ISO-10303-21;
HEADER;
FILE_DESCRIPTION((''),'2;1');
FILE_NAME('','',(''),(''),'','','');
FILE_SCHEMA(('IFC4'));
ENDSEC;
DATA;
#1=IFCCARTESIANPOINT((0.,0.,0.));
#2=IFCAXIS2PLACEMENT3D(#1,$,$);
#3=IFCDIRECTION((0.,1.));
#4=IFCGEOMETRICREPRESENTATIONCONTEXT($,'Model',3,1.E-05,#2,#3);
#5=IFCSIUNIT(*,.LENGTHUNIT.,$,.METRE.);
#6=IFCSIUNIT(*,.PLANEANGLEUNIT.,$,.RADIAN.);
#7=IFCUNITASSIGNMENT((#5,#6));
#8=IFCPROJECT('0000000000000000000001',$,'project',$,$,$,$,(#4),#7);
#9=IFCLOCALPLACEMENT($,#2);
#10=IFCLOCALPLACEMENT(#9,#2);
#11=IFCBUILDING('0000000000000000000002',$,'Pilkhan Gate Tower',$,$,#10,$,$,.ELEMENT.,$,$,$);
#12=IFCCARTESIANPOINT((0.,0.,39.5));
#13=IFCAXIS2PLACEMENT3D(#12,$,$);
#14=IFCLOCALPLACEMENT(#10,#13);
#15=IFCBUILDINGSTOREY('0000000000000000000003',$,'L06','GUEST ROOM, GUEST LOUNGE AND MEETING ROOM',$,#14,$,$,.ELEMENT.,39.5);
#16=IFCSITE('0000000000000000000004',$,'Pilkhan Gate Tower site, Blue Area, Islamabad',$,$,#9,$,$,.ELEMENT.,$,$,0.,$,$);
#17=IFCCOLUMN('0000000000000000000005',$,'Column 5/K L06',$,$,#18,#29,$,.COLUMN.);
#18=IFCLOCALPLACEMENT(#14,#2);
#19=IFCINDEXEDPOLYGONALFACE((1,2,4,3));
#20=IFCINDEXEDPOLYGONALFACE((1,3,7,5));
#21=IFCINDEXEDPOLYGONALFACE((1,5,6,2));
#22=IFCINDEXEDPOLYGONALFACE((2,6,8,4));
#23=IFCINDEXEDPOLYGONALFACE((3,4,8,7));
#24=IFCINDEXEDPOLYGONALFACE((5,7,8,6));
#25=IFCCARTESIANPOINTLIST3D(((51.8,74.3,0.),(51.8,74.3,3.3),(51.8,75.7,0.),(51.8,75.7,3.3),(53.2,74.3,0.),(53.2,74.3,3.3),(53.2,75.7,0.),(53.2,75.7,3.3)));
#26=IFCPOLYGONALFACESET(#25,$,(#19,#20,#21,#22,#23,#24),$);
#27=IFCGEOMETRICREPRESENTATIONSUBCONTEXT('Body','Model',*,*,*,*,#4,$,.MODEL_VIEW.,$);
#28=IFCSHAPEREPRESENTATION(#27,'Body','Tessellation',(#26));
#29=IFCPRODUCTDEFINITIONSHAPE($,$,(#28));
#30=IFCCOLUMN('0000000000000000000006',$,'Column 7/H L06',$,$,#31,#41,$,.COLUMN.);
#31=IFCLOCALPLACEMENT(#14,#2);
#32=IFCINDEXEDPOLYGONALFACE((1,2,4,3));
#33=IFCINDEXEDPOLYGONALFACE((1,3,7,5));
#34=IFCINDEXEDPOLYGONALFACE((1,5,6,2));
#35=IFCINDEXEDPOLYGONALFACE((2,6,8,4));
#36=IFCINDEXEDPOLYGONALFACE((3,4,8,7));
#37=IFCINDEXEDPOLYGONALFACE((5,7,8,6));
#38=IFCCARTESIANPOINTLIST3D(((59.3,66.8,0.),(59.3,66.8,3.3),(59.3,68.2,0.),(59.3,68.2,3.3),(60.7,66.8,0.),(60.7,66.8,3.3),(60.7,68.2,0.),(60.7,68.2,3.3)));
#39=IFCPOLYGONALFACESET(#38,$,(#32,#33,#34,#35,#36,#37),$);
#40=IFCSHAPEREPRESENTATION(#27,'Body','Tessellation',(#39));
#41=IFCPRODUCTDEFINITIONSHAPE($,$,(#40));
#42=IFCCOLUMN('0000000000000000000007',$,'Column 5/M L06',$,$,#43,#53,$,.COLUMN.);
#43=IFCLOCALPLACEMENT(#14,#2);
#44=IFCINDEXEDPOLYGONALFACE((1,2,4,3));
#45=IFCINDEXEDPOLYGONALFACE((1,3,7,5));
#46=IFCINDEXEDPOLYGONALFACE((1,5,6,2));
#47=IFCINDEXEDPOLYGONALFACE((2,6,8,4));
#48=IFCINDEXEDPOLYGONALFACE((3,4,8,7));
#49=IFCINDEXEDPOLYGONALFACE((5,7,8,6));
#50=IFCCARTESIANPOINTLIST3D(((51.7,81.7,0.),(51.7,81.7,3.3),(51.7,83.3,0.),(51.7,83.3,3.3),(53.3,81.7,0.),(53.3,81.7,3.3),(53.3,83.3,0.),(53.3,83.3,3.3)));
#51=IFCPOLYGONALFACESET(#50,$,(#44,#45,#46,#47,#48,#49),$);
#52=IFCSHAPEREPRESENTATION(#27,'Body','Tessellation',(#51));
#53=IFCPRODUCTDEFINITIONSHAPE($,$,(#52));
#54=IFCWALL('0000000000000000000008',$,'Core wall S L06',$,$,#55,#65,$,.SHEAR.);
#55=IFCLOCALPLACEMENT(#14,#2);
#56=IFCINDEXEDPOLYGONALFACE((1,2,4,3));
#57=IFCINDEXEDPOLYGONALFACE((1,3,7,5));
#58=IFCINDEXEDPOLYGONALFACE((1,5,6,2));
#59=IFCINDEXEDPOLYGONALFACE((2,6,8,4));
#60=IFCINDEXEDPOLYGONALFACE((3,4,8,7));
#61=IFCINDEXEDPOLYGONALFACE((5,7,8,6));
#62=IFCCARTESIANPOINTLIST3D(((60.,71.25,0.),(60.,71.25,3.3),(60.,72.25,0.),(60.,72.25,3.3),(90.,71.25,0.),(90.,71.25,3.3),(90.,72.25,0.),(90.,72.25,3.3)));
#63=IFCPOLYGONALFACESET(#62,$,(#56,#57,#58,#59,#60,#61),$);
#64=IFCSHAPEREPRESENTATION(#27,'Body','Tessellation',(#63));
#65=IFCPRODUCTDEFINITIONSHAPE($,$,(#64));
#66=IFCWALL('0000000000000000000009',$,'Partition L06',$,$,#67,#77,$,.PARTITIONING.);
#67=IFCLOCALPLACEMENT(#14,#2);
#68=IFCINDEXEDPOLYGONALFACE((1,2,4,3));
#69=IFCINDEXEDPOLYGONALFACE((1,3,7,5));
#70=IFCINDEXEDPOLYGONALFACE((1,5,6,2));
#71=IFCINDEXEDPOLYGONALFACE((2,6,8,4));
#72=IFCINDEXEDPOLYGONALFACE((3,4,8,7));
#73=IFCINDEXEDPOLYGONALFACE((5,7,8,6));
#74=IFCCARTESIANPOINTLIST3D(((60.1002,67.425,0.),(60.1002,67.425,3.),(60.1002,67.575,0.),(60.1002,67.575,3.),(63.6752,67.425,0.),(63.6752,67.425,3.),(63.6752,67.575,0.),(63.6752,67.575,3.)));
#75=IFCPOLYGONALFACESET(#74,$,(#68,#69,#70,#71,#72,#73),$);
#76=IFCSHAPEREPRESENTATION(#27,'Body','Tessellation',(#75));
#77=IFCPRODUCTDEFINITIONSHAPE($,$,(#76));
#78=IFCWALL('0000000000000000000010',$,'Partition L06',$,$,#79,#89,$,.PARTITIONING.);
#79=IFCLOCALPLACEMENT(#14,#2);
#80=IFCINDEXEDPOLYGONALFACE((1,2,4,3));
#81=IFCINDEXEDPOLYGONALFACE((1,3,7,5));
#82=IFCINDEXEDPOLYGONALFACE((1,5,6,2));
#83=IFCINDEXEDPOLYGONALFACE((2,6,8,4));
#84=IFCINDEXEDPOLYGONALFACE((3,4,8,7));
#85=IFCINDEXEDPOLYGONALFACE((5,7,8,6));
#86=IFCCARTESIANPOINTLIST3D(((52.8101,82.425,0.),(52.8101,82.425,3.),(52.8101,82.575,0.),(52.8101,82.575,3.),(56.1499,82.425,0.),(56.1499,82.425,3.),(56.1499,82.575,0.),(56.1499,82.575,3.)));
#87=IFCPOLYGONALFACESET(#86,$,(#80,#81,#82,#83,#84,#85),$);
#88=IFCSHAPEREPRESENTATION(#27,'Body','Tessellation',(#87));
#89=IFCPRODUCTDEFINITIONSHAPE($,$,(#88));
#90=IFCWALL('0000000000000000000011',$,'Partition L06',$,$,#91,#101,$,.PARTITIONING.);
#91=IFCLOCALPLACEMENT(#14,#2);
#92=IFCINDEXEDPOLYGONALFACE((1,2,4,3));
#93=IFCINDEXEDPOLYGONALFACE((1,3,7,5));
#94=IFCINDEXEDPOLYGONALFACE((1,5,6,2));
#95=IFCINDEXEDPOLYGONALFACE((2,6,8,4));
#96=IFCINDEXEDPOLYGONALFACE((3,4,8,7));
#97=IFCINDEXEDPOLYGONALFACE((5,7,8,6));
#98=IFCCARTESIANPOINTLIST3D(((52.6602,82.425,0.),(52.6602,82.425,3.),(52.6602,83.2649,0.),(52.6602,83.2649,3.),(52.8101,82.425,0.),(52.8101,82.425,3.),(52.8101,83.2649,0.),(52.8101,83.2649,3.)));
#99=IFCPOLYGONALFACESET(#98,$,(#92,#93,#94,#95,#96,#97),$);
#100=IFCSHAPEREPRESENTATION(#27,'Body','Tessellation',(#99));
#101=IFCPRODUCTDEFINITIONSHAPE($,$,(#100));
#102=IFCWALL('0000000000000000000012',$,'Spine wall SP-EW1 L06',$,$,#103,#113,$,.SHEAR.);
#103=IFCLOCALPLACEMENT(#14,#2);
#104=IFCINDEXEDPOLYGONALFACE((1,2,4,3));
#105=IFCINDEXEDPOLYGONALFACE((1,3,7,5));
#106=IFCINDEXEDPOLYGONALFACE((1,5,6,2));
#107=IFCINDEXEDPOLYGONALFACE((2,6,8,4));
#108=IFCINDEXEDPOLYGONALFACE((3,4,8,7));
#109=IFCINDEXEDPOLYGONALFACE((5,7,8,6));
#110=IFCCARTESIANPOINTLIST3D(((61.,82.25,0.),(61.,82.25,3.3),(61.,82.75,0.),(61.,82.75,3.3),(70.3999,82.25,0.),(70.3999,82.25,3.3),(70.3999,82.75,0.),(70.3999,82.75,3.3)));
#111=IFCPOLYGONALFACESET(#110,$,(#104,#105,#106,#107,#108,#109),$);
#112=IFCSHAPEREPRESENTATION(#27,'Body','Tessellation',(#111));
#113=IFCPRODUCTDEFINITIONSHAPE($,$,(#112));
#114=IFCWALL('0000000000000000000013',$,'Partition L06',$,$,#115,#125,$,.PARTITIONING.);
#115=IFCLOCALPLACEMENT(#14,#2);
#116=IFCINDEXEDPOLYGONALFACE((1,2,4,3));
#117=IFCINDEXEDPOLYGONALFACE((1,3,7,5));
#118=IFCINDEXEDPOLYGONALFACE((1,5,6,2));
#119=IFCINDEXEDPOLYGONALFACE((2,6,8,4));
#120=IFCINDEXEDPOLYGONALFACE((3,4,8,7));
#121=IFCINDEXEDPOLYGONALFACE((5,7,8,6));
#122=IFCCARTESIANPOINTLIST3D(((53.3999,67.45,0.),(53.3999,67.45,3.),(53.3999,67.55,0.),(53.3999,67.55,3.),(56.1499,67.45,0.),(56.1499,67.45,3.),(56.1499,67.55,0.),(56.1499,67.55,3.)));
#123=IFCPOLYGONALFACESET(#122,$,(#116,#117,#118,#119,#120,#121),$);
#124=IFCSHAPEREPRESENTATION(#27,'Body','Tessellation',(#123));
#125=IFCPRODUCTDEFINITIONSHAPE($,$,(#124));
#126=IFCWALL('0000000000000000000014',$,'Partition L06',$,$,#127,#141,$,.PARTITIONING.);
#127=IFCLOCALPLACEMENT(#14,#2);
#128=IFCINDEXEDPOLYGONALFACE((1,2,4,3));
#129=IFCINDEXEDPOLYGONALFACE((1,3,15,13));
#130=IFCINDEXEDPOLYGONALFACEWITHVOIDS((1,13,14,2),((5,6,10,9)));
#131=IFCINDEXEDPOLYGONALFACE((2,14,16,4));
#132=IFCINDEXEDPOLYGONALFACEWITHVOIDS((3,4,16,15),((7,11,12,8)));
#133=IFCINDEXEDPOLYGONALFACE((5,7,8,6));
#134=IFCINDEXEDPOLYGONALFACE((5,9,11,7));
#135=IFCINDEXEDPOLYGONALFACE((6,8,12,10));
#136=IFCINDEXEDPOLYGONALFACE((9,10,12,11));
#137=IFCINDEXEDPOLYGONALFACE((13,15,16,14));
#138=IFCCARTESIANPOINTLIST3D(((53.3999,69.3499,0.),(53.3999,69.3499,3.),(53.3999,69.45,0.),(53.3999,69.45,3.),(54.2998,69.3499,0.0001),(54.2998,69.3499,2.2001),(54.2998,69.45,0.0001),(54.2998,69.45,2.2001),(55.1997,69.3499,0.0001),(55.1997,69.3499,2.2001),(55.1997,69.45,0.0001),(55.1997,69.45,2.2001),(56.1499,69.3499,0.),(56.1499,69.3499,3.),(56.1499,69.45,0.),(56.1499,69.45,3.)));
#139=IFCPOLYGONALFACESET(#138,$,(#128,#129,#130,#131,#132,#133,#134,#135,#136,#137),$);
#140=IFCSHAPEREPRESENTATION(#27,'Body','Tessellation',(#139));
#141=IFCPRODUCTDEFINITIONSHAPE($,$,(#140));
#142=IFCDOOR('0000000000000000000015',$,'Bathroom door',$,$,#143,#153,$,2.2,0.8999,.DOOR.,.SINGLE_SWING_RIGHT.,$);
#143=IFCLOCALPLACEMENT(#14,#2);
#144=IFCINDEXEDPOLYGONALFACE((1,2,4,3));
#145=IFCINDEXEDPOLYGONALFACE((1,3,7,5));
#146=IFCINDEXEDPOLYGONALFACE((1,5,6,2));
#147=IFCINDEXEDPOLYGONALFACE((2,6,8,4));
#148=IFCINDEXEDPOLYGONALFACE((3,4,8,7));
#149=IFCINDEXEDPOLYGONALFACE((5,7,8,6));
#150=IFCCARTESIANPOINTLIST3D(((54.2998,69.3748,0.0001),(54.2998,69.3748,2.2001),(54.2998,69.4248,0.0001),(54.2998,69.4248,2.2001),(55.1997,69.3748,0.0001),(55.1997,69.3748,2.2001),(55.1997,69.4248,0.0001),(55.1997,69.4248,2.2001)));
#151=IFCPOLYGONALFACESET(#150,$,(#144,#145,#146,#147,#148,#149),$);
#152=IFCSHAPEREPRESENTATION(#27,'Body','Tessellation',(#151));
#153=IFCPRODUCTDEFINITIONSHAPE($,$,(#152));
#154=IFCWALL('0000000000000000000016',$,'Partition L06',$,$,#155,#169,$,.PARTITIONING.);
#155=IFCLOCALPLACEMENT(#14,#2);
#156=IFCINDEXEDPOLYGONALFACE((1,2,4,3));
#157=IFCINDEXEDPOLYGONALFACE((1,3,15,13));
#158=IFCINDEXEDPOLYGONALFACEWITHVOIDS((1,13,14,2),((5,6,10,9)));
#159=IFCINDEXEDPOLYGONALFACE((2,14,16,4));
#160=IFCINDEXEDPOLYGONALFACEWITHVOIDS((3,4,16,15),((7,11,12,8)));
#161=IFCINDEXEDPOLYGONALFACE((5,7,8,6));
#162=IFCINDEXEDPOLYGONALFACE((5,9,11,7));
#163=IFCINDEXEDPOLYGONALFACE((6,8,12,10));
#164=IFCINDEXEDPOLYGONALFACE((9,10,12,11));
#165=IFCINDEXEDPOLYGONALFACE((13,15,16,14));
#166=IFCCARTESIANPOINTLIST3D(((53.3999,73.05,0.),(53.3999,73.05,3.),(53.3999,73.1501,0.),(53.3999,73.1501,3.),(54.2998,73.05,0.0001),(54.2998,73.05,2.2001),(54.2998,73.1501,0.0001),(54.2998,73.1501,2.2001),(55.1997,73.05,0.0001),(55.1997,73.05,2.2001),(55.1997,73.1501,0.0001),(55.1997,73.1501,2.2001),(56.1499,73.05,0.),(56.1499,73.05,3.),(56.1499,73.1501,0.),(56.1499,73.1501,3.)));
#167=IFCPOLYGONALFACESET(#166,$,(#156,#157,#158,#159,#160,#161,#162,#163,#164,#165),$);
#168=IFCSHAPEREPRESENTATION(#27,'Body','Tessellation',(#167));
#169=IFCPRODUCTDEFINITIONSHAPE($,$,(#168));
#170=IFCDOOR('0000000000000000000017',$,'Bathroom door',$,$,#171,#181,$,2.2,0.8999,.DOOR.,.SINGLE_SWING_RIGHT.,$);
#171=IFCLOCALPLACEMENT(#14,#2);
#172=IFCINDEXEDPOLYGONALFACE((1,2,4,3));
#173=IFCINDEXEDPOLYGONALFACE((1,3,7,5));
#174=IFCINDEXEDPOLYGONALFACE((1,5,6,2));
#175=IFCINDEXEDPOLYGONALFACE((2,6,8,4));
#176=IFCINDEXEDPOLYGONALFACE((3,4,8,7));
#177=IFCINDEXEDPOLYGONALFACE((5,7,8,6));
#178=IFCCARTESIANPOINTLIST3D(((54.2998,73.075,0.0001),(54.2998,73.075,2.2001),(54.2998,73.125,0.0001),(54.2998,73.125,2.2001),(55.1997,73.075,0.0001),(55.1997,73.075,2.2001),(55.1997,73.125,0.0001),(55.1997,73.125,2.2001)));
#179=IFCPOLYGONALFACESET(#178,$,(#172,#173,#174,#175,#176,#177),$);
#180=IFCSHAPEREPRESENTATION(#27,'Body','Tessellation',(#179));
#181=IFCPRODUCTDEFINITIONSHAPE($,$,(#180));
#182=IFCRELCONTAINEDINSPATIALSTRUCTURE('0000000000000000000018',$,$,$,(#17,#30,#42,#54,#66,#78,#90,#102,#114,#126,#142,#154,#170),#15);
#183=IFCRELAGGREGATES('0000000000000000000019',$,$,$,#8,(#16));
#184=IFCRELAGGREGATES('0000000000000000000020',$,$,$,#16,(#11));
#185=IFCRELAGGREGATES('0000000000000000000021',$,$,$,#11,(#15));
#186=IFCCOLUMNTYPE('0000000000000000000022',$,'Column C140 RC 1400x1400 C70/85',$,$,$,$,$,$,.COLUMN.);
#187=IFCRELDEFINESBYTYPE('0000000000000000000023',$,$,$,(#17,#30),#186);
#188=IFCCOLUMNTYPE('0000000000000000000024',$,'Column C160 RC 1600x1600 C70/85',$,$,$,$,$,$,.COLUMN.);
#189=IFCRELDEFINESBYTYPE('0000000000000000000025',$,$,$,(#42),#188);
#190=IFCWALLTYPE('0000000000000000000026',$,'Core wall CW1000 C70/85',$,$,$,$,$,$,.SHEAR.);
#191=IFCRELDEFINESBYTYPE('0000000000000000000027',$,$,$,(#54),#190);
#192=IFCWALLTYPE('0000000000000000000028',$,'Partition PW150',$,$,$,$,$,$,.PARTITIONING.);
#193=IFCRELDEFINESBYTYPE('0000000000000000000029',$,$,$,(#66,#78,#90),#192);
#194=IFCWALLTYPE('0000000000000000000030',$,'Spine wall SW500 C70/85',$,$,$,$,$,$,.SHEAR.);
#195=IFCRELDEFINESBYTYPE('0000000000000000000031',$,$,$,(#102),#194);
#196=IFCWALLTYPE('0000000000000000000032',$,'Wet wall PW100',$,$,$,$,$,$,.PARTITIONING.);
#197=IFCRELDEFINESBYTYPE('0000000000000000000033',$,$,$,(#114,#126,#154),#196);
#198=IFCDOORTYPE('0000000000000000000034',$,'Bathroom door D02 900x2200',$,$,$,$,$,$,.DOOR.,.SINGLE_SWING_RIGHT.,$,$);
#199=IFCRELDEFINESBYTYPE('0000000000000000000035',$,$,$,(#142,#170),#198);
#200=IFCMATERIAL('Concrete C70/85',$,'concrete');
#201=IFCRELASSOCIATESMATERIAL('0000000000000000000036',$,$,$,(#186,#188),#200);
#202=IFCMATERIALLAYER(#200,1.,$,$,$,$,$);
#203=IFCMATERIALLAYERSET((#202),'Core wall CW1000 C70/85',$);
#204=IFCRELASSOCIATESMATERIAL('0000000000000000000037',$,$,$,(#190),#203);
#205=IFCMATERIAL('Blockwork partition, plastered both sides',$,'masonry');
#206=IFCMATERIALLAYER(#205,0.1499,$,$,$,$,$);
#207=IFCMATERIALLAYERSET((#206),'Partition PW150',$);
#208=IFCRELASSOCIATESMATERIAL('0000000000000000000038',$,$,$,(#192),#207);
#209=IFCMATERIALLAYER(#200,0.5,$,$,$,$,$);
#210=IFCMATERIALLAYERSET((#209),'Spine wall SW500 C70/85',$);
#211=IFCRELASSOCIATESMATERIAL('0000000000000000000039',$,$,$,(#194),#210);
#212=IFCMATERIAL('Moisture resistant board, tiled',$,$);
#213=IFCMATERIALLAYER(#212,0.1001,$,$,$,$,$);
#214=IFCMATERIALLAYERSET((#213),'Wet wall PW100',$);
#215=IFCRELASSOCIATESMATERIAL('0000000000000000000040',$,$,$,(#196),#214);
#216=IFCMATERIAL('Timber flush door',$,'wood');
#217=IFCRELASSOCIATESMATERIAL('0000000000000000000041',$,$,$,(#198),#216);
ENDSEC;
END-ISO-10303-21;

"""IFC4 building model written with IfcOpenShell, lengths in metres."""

from ifc_helpers import new_model, si_unit, direction, frame, frame_2d, origin, origin_2d, place, context, subcontext, project, spatial, rectangle, extrude, material, layer, layer_set, material_profile, profile_set, type_object, element, fill, save


model = new_model("IFC4")

# Units and contexts
model_context = context("Model", 3, precision=1e-05, world=origin(), true_north=direction((0.0, 1.0)))
body_context = subcontext(model_context, "Body", "Model", "MODEL_VIEW")
ifc_project = project(units=[si_unit("LENGTHUNIT", "METRE"), si_unit("PLANEANGLEUNIT", "RADIAN")], contexts=[model_context])

# Site, building, storey
site_placement = place(None, origin())
site = spatial("IfcSite", under=ifc_project, at=site_placement, Name="Pilkhan Gate Tower site, Blue Area, Islamabad", CompositionType="ELEMENT", RefElevation=0.0)
building_placement = place(site_placement, origin())
building = spatial("IfcBuilding", under=site, at=building_placement, Name="Pilkhan Gate Tower", CompositionType="ELEMENT")
storey_placement = place(building_placement, frame((0.0, 0.0, 39.5)))
storey = spatial("IfcBuildingStorey", under=building, at=storey_placement, Name="L06", Description="GUEST ROOM, GUEST LOUNGE AND MEETING ROOM", CompositionType="ELEMENT", Elevation=39.5)

# Columns
ifc_material_1 = material(Name="Concrete C70/85", Category="concrete")
ifc_material_profile_1 = material_profile(ifc_material_1, rectangle(XDim=1.3999, YDim=1.3999, at=origin_2d()), Name="RC 1400x1400")
ifc_profile_set_1 = profile_set([ifc_material_profile_1], Name="Concrete C70/85")
column_type_1 = type_object("IfcColumnType", Name="Column C140 RC 1400x1400 C70/85", PredefinedType="COLUMN", material=ifc_profile_set_1)
for number, where, z_axis, x_axis, name in (
    (1, (52.5, 75.0, 0.0), (0.0, 0.0, 1.0), (1.0, 0.0, 0.0), "Column 5/K L06"),
    (2, (60.0, 67.5, 0.0), (0.0, 0.0, 1.0), (1.0, 0.0, 0.0), "Column 7/H L06"),
):
    element("IfcColumn", number, at=place(storey_placement, frame(where, z_axis=z_axis, x_axis=x_axis)), inside=storey, type_object=column_type_1, Name=name, PredefinedType="COLUMN", context=body_context, shape_type="SweptSolid", body=[
        extrude(rectangle(XDim=1.3999, YDim=1.3999, at=origin_2d()), origin(), (0.0, 0.0, 1.0), 3.3),
    ])
ifc_material_profile_2 = material_profile(ifc_material_1, rectangle(XDim=1.6001, YDim=1.6001, at=origin_2d()), Name="RC 1600x1600")
ifc_profile_set_2 = profile_set([ifc_material_profile_2], Name="Concrete C70/85")
column_type_2 = type_object("IfcColumnType", Name="Column C160 RC 1600x1600 C70/85", PredefinedType="COLUMN", material=ifc_profile_set_2)
column_placement = place(storey_placement, frame((52.5, 82.5, 0.0), z_axis=(0.0, 0.0, 1.0), x_axis=(1.0, 0.0, 0.0)))
element("IfcColumn", 3, at=column_placement, inside=storey, type_object=column_type_2, Name="Column 5/M L06", PredefinedType="COLUMN", context=body_context, shape_type="SweptSolid", body=[
    extrude(rectangle(XDim=1.6001, YDim=1.6001, at=origin_2d()), origin(), (0.0, 0.0, 1.0), 3.3),
])

# Walls
ifc_layer_1 = layer(ifc_material_1, 1.0)
ifc_layer_set_1 = layer_set([ifc_layer_1], Name="Core wall CW1000 C70/85")
wall_type_1 = type_object("IfcWallType", Name="Core wall CW1000 C70/85", PredefinedType="SHEAR", material=ifc_layer_set_1)
wall_1_placement = place(storey_placement, frame((60.0, 71.75, 0.0), z_axis=(0.0, 0.0, 1.0), x_axis=(1.0, 0.0, 0.0)))
element("IfcWall", 4, at=wall_1_placement, inside=storey, type_object=wall_type_1, Name="Core wall S L06", PredefinedType="SHEAR", context=body_context, shape_type="SweptSolid", body=[
    extrude(rectangle(XDim=30.0, YDim=1.0, at=frame_2d((15.0, 0.0))), origin(), (0.0, 0.0, 1.0), 3.3),
])
ifc_material_2 = material(Name="Blockwork partition, plastered both sides", Category="masonry")
ifc_layer_2 = layer(ifc_material_2, 0.1499)
ifc_layer_set_2 = layer_set([ifc_layer_2], Name="Partition PW150")
wall_type_2 = type_object("IfcWallType", Name="Partition PW150", PredefinedType="PARTITIONING", material=ifc_layer_set_2)
wall_2_placement = place(storey_placement, frame((60.1001, 67.5, 0.0), z_axis=(0.0, 0.0, 1.0), x_axis=(1.0, 0.0, 0.0)))
element("IfcWall", 5, at=wall_2_placement, inside=storey, type_object=wall_type_2, Name="Partition L06", PredefinedType="PARTITIONING", context=body_context, shape_type="SweptSolid", body=[
    extrude(rectangle(XDim=3.575, YDim=0.1499, at=frame_2d((1.7876, 0.0))), origin(), (0.0, 0.0, 1.0), 3.0),
])
wall_3_placement = place(storey_placement, frame((52.8101, 82.5, 0.0), z_axis=(0.0, 0.0, 1.0), x_axis=(1.0, 0.0, 0.0)))
element("IfcWall", 6, at=wall_3_placement, inside=storey, type_object=wall_type_2, Name="Partition L06", PredefinedType="PARTITIONING", context=body_context, shape_type="SweptSolid", body=[
    extrude(rectangle(XDim=3.3398, YDim=0.1499, at=frame_2d((1.6699, 0.0))), origin(), (0.0, 0.0, 1.0), 3.0),
])
wall_4_placement = place(storey_placement, frame((52.7351, 82.425, 0.0), z_axis=(0.0, 0.0, 1.0), x_axis=(0.0, 1.0, 0.0)))
element("IfcWall", 7, at=wall_4_placement, inside=storey, type_object=wall_type_2, Name="Partition L06", PredefinedType="PARTITIONING", context=body_context, shape_type="SweptSolid", body=[
    extrude(rectangle(XDim=0.8398, YDim=0.1499, at=frame_2d((0.4199, 0.0))), origin(), (0.0, 0.0, 1.0), 3.0),
])
ifc_layer_3 = layer(ifc_material_1, 0.5)
ifc_layer_set_3 = layer_set([ifc_layer_3], Name="Spine wall SW500 C70/85")
wall_type_3 = type_object("IfcWallType", Name="Spine wall SW500 C70/85", PredefinedType="SHEAR", material=ifc_layer_set_3)
wall_5_placement = place(storey_placement, frame((61.0, 82.5, 0.0), z_axis=(0.0, 0.0, 1.0), x_axis=(1.0, 0.0, 0.0)))
element("IfcWall", 8, at=wall_5_placement, inside=storey, type_object=wall_type_3, Name="Spine wall SP-EW1 L06", PredefinedType="SHEAR", context=body_context, shape_type="SweptSolid", body=[
    extrude(rectangle(XDim=9.3999, YDim=0.5, at=frame_2d((4.7, 0.0))), origin(), (0.0, 0.0, 1.0), 3.3),
])
ifc_material_3 = material(Name="Moisture resistant board, tiled")
ifc_layer_4 = layer(ifc_material_3, 0.1001)
ifc_layer_set_4 = layer_set([ifc_layer_4], Name="Wet wall PW100")
wall_type_4 = type_object("IfcWallType", Name="Wet wall PW100", PredefinedType="PARTITIONING", material=ifc_layer_set_4)
wall_6_placement = place(storey_placement, frame((53.3999, 67.5, 0.0), z_axis=(0.0, 0.0, 1.0), x_axis=(1.0, 0.0, 0.0)))
element("IfcWall", 9, at=wall_6_placement, inside=storey, type_object=wall_type_4, Name="Partition L06", PredefinedType="PARTITIONING", context=body_context, shape_type="SweptSolid", body=[
    extrude(rectangle(XDim=2.75, YDim=0.1001, at=frame_2d((1.375, 0.0))), origin(), (0.0, 0.0, 1.0), 3.0),
])

# Walls, openings, doors
wall_7_placement = place(storey_placement, frame((53.3999, 69.3999, 0.0), z_axis=(0.0, 0.0, 1.0), x_axis=(1.0, 0.0, 0.0)))
wall_7 = element("IfcWall", 10, at=wall_7_placement, inside=storey, type_object=wall_type_4, Name="Partition L06", PredefinedType="PARTITIONING", context=body_context, shape_type="SweptSolid", body=[
    extrude(rectangle(XDim=2.75, YDim=0.1001, at=frame_2d((1.375, 0.0))), origin(), (0.0, 0.0, 1.0), 3.0),
])
opening_1_placement = place(wall_7_placement, frame((0.8999, 0.0, 0.0)))
opening_1 = element("IfcOpeningElement", 11, at=opening_1_placement, cuts=wall_7, PredefinedType="OPENING", context=body_context, shape_type="SweptSolid", body=[
    extrude(rectangle(XDim=0.8999, YDim=2.2, at=frame_2d((0.45, 1.1001))), frame((0.0, 0.0601, 0.0), z_axis=(0.0, -1.0, 0.0), x_axis=(1.0, 0.0, 0.0)), (0.0, 0.0, 1.0), 0.1201),
])
ifc_material_4 = material(Name="Timber flush door", Category="wood")
door_type = type_object("IfcDoorType", Name="Bathroom door D02 900x2200", OperationType="SINGLE_SWING_RIGHT", PredefinedType="DOOR", material=ifc_material_4)
door_1_placement = place(opening_1_placement, origin())
door_1 = element("IfcDoor", 12, at=door_1_placement, inside=storey, type_object=door_type, Name="Bathroom door", OperationType="SINGLE_SWING_RIGHT", OverallHeight=2.2, OverallWidth=0.8999, PredefinedType="DOOR", context=body_context, shape_type="SweptSolid", body=[
    extrude(rectangle(XDim=0.8999, YDim=2.2, at=frame_2d((0.45, 1.1001))), frame((0.0, 0.0249, 0.0), z_axis=(0.0, -1.0, 0.0), x_axis=(1.0, 0.0, 0.0)), (0.0, 0.0, 1.0), 0.05),
])
fill(opening_1, door_1)
wall_8_placement = place(storey_placement, frame((53.3999, 73.1001, 0.0), z_axis=(0.0, 0.0, 1.0), x_axis=(1.0, 0.0, 0.0)))
wall_8 = element("IfcWall", 13, at=wall_8_placement, inside=storey, type_object=wall_type_4, Name="Partition L06", PredefinedType="PARTITIONING", context=body_context, shape_type="SweptSolid", body=[
    extrude(rectangle(XDim=2.75, YDim=0.1001, at=frame_2d((1.375, 0.0))), origin(), (0.0, 0.0, 1.0), 3.0),
])
opening_2_placement = place(wall_8_placement, frame((0.8999, 0.0, 0.0)))
opening_2 = element("IfcOpeningElement", 14, at=opening_2_placement, cuts=wall_8, PredefinedType="OPENING", context=body_context, shape_type="SweptSolid", body=[
    extrude(rectangle(XDim=0.8999, YDim=2.2, at=frame_2d((0.45, 1.1001))), frame((0.0, 0.0601, 0.0), z_axis=(0.0, -1.0, 0.0), x_axis=(1.0, 0.0, 0.0)), (0.0, 0.0, 1.0), 0.1201),
])
door_2_placement = place(opening_2_placement, origin())
door_2 = element("IfcDoor", 15, at=door_2_placement, inside=storey, type_object=door_type, Name="Bathroom door", OperationType="SINGLE_SWING_RIGHT", OverallHeight=2.2, OverallWidth=0.8999, PredefinedType="DOOR", context=body_context, shape_type="SweptSolid", body=[
    extrude(rectangle(XDim=0.8999, YDim=2.2, at=frame_2d((0.45, 1.1001))), frame((0.0, 0.0249, 0.0), z_axis=(0.0, -1.0, 0.0), x_axis=(1.0, 0.0, 0.0)), (0.0, 0.0, 1.0), 0.05),
])
fill(opening_2, door_2)

save(model, "model.ifc")
